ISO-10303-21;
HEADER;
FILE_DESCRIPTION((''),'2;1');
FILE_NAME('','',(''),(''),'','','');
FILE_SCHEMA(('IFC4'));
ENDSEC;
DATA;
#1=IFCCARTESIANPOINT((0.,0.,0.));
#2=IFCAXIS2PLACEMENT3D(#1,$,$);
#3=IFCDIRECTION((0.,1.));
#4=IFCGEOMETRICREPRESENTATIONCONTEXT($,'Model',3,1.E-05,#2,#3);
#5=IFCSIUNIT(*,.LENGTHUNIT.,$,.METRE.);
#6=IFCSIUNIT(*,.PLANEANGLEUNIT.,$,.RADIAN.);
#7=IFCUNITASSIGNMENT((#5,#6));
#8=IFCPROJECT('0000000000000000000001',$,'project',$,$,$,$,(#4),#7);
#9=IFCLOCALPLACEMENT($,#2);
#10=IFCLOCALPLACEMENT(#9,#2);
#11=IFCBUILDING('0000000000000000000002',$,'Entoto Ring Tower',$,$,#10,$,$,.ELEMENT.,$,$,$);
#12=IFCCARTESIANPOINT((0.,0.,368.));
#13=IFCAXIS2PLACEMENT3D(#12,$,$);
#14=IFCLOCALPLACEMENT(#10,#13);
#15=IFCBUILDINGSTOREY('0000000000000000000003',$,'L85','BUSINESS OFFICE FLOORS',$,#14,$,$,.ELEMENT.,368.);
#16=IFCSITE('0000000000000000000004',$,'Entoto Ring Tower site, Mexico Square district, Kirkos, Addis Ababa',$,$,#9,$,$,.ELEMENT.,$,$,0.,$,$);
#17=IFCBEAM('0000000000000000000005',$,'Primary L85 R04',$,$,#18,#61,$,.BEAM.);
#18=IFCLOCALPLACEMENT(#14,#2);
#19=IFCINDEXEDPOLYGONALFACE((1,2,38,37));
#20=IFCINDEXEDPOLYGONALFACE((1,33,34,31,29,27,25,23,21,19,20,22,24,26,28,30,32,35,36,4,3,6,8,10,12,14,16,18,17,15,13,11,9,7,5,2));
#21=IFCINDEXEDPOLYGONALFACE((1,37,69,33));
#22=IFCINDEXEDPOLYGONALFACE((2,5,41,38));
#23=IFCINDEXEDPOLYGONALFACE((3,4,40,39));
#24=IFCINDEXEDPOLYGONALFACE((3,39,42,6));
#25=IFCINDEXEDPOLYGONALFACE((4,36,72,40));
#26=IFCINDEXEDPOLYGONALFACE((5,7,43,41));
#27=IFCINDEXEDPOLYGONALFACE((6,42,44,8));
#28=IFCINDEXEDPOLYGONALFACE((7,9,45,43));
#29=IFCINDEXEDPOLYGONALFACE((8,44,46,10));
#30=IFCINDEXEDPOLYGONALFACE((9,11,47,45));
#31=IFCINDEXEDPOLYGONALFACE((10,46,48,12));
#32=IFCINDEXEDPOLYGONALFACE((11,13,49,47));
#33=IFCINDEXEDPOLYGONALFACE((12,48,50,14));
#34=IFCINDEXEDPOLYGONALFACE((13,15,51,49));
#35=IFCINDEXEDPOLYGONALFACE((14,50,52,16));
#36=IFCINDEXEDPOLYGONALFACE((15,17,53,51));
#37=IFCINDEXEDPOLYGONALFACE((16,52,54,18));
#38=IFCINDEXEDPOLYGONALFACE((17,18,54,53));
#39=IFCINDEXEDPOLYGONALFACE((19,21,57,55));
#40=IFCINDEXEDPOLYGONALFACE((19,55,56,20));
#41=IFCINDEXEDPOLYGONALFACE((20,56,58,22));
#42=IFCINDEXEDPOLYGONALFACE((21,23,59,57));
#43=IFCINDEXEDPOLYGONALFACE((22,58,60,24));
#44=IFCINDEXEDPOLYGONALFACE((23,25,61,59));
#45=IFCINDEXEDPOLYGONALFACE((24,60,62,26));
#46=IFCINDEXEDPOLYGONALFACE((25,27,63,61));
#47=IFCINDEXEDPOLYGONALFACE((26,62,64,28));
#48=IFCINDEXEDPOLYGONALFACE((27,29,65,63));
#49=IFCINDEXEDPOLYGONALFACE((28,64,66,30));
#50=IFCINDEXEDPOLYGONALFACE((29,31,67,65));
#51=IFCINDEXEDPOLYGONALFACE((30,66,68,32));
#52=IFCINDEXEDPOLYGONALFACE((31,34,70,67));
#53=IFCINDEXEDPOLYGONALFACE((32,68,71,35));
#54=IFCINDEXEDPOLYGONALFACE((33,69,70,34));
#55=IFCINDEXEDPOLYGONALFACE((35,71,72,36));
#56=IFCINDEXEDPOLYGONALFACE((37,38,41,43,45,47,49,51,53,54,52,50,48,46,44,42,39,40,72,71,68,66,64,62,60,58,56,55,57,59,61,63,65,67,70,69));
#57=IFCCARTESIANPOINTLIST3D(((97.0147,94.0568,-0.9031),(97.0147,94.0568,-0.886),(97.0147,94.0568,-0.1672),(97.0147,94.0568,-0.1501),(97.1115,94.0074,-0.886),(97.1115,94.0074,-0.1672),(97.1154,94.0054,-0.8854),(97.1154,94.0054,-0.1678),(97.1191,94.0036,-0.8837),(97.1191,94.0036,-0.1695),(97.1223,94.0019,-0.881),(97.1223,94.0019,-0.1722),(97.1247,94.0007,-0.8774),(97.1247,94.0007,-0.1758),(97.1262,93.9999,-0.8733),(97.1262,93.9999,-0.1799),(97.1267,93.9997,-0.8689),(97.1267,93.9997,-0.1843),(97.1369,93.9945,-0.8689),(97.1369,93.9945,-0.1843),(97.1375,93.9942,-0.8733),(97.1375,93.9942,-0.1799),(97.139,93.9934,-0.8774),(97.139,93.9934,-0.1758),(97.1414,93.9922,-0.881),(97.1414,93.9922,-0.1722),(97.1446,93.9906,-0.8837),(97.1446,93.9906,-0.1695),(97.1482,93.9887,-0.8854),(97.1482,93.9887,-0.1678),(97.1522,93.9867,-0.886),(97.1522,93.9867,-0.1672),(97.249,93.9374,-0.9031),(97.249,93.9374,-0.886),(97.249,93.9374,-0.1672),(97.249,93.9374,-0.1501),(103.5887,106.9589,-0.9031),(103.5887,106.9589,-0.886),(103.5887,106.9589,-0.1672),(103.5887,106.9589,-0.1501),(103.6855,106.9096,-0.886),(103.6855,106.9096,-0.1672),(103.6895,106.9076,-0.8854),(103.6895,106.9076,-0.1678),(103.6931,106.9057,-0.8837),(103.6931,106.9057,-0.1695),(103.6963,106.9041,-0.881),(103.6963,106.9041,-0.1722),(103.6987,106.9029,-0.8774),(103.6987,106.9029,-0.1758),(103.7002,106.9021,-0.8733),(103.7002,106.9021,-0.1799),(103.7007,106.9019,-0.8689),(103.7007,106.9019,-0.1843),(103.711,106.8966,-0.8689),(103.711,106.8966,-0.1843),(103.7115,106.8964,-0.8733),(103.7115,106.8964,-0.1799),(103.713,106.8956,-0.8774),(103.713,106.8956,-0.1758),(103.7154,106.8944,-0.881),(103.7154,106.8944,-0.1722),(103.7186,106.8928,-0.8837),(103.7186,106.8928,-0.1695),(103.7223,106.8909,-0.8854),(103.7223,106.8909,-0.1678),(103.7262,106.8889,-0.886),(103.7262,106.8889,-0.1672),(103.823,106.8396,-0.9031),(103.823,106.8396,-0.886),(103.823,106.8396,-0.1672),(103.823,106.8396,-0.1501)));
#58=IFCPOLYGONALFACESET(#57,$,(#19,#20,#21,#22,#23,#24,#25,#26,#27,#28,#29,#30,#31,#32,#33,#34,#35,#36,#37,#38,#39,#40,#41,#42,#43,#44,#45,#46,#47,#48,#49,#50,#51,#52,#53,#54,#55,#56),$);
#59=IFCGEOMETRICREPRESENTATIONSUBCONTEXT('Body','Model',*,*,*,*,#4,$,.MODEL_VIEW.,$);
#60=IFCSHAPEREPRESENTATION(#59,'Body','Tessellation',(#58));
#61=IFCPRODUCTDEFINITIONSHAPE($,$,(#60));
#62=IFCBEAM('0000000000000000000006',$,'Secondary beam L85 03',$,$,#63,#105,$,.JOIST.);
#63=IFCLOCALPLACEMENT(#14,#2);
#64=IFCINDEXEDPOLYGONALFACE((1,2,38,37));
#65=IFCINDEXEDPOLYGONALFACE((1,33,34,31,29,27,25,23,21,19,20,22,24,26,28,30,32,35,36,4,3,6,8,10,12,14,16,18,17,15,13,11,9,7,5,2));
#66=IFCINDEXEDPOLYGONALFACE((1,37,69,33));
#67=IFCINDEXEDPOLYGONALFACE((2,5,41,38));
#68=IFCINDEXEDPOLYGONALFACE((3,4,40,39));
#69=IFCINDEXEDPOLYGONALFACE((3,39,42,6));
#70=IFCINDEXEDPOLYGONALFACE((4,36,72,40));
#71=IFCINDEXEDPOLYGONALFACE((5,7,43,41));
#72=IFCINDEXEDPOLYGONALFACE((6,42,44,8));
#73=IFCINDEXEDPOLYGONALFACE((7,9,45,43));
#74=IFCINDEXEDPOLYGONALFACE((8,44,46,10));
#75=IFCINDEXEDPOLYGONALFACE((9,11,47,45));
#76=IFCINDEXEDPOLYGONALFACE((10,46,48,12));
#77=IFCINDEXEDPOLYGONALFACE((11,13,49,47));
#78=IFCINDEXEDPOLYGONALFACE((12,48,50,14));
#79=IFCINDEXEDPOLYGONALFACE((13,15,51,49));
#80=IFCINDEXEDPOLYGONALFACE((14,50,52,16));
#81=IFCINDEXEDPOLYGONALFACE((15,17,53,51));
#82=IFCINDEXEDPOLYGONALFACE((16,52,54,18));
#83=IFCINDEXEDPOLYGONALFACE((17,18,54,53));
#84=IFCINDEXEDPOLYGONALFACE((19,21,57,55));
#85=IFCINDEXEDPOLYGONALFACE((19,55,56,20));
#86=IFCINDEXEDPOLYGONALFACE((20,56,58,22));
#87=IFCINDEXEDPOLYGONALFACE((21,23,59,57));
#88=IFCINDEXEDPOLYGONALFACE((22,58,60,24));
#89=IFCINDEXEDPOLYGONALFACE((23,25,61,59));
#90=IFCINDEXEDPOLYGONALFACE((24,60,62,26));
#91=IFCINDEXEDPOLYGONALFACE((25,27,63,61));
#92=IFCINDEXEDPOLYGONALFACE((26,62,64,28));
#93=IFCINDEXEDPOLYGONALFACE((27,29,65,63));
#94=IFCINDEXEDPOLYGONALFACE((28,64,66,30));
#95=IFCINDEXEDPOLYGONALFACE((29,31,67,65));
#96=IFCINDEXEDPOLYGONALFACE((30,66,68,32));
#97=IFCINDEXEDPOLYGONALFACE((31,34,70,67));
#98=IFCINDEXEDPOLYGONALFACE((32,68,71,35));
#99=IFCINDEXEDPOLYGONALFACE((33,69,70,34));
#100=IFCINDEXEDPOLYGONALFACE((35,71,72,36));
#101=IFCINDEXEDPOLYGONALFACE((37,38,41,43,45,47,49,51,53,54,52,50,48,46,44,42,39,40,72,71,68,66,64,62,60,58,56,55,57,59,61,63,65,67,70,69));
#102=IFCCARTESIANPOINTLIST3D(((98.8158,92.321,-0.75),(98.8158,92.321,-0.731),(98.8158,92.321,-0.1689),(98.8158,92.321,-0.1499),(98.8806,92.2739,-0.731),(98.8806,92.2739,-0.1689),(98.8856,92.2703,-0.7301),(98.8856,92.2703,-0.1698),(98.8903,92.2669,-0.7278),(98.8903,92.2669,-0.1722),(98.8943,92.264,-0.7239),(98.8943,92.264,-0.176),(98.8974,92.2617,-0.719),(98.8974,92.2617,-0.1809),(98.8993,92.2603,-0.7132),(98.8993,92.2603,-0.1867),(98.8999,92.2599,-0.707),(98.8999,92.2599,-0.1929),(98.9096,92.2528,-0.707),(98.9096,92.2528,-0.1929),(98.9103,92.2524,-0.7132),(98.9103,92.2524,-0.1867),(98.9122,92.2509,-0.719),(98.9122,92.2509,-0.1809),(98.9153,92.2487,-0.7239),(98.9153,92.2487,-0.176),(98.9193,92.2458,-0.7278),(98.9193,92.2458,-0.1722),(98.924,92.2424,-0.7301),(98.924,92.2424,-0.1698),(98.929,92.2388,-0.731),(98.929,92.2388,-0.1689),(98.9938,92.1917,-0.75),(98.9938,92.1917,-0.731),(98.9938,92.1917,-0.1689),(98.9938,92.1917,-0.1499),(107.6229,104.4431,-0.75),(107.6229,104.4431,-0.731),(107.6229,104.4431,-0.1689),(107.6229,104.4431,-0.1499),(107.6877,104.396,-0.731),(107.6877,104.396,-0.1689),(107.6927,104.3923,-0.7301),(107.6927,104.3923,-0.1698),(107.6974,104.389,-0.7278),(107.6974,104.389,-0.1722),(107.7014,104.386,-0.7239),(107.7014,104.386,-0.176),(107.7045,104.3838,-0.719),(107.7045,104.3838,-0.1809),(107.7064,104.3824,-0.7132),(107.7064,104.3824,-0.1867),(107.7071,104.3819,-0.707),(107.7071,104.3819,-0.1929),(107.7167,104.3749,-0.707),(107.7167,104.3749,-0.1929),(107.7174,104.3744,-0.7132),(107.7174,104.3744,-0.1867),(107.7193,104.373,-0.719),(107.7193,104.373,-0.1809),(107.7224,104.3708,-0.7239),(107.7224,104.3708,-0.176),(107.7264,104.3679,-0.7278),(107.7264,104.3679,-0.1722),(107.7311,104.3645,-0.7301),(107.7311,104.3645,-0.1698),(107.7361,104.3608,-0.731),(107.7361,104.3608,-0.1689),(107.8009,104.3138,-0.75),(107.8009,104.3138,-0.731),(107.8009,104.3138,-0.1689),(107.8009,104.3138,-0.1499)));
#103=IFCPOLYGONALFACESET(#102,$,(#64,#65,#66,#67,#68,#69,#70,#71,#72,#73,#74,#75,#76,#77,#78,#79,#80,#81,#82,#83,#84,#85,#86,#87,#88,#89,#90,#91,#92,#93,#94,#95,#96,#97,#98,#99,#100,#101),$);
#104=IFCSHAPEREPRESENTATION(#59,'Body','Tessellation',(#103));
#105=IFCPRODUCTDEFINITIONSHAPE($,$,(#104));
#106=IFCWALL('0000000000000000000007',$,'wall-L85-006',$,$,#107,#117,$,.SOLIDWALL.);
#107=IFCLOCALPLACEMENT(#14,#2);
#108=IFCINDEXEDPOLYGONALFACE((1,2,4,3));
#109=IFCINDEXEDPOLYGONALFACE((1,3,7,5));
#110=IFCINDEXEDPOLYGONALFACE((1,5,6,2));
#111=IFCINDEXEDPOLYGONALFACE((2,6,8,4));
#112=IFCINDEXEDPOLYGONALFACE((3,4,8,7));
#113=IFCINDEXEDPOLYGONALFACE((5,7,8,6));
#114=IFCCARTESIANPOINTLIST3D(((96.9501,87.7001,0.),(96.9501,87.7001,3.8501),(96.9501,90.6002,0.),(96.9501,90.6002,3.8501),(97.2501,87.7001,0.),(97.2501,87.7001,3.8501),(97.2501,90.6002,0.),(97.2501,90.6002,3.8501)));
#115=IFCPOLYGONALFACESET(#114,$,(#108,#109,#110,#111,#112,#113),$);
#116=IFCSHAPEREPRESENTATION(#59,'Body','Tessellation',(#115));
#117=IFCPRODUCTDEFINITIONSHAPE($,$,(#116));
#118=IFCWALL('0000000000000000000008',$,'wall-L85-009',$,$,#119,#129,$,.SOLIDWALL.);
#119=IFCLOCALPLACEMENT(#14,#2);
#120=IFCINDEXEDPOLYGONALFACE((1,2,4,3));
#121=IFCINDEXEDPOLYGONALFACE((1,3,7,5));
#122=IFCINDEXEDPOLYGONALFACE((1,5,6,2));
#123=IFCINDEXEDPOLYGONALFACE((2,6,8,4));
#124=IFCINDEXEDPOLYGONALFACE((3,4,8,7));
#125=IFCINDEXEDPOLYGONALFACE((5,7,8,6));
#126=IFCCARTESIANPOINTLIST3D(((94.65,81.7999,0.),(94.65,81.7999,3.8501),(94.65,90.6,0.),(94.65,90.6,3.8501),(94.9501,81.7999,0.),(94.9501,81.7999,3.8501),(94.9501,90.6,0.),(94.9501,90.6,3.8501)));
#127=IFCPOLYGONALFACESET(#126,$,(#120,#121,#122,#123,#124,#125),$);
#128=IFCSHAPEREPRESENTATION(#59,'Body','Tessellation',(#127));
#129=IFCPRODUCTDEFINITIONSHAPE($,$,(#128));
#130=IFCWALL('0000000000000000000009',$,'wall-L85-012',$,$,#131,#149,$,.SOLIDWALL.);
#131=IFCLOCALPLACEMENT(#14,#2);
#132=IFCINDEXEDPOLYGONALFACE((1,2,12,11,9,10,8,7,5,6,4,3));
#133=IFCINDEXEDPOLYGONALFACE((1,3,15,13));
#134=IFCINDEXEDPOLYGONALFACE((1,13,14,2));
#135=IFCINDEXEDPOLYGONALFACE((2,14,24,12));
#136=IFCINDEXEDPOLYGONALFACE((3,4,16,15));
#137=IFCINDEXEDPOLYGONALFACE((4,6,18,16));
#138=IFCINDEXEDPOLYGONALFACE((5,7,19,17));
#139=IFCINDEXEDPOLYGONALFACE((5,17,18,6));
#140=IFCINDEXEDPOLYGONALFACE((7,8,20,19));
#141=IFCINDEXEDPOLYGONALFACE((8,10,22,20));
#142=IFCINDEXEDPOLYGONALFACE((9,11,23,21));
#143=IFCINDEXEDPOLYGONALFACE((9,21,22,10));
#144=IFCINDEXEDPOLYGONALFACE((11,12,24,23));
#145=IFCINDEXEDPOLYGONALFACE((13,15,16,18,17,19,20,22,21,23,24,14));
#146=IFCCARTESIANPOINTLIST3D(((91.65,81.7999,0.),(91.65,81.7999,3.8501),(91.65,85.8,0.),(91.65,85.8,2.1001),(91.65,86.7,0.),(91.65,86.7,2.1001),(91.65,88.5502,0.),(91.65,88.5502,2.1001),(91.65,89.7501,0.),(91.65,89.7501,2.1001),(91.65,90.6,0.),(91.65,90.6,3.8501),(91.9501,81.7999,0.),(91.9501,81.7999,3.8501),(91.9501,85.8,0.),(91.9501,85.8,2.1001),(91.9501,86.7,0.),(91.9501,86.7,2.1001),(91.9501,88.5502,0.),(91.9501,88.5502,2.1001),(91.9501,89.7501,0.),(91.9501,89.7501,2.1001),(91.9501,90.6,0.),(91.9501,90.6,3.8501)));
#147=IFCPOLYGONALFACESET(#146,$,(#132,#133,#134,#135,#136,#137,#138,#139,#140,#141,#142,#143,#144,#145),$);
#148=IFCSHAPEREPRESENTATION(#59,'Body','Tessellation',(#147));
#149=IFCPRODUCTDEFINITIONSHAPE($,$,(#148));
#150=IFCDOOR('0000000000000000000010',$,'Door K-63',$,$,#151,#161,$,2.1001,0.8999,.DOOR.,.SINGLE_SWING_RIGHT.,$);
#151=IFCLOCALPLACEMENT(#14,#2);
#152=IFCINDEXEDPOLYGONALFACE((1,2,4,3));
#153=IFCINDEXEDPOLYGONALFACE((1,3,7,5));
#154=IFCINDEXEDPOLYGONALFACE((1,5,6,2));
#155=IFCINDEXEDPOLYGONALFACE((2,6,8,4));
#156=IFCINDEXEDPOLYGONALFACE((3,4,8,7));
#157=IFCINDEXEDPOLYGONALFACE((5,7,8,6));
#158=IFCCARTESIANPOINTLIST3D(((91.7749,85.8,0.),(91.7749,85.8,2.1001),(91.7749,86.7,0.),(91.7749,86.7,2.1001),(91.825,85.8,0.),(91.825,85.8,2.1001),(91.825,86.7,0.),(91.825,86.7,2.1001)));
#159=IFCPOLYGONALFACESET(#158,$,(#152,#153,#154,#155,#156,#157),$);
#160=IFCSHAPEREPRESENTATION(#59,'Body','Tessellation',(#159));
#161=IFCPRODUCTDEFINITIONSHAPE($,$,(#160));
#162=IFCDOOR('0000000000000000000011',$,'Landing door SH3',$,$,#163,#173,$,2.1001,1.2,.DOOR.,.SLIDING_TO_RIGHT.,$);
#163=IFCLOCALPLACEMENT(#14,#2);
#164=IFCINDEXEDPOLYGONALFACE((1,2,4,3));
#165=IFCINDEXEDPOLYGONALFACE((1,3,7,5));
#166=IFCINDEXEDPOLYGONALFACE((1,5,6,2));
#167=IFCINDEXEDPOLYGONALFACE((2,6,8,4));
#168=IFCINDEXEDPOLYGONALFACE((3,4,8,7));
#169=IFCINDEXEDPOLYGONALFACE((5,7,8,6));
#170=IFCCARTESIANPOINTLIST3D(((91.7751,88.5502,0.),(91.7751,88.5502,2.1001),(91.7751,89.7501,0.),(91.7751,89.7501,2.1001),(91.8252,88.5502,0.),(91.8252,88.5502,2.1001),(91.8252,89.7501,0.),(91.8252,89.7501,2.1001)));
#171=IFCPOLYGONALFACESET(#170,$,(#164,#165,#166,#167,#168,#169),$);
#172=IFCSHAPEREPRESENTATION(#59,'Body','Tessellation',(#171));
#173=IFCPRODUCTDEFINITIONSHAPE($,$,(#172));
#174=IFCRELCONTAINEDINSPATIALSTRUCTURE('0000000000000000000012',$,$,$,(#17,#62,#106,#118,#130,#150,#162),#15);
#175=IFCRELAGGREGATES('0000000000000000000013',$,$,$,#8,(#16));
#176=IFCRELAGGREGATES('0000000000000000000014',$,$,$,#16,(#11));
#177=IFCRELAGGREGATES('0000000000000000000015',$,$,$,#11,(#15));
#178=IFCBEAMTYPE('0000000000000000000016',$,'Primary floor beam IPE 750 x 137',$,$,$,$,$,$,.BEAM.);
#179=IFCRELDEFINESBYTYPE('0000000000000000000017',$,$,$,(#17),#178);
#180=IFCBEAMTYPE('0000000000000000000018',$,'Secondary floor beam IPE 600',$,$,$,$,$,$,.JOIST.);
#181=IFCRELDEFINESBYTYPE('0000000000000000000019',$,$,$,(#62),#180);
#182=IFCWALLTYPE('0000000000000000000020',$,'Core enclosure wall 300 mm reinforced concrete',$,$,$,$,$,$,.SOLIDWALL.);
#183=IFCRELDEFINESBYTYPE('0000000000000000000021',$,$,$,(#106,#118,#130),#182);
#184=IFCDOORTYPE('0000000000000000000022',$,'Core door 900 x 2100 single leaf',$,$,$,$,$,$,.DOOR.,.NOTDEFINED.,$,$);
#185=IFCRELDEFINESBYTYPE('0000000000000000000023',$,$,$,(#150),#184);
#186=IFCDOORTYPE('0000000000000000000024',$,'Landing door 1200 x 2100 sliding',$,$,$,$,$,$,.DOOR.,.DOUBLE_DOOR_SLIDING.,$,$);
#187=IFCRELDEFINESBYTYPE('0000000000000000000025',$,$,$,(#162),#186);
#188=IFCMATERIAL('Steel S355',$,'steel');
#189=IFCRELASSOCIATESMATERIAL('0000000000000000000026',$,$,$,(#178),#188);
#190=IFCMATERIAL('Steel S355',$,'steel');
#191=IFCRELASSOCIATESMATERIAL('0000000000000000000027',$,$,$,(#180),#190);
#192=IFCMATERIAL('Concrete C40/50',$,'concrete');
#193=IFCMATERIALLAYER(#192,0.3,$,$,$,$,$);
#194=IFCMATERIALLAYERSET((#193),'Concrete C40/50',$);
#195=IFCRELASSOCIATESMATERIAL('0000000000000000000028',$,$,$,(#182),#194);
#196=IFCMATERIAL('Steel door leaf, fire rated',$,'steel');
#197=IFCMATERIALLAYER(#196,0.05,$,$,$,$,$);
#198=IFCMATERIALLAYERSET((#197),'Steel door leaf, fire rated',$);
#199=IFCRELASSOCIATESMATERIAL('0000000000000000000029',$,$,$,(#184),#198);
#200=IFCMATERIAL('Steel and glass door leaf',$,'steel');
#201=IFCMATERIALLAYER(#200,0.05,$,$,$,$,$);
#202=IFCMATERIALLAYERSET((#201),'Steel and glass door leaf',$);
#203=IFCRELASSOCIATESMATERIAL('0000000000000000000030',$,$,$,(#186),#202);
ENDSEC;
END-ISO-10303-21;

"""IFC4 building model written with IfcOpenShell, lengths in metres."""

from ifc_helpers import new_model, si_unit, direction, frame, frame_2d, origin, origin_2d, place, context, subcontext, project, spatial, rectangle, i_section, extrude, material, layer, layer_set, material_profile, profile_set, type_object, element, fill, save


model = new_model("IFC4")

# Units and contexts
model_context = context("Model", 3, precision=1e-05, world=origin(), true_north=direction((0.0, 1.0)))
body_context = subcontext(model_context, "Body", "Model", "MODEL_VIEW")
ifc_project = project(units=[si_unit("LENGTHUNIT", "METRE"), si_unit("PLANEANGLEUNIT", "RADIAN")], contexts=[model_context])

# Site, building, storey
site_placement = place(None, origin())
site = spatial("IfcSite", under=ifc_project, at=site_placement, Name="Entoto Ring Tower site, Mexico Square district, Kirkos, Addis Ababa", CompositionType="ELEMENT", RefElevation=0.0)
building_placement = place(site_placement, origin())
building = spatial("IfcBuilding", under=site, at=building_placement, Name="Entoto Ring Tower", CompositionType="ELEMENT")
storey_placement = place(building_placement, frame((0.0, 0.0, 368.0)))
storey = spatial("IfcBuildingStorey", under=building, at=storey_placement, Name="L85", Description="BUSINESS OFFICE FLOORS", CompositionType="ELEMENT", Elevation=368.0)

# Beams
ifc_material_1 = material(Name="Steel S355", Category="steel")
ifc_material_profile_1 = material_profile(ifc_material_1, i_section(OverallWidth=0.2629, OverallDepth=0.7529, WebThickness=0.0115, FlangeThickness=0.0171, FilletRadius=0.0171, at=origin_2d()), Name="IPE 750 x 137")
ifc_profile_set_1 = profile_set([ifc_material_profile_1], Name="Steel S355")
beam_type_1 = type_object("IfcBeamType", Name="Primary floor beam IPE 750 x 137", PredefinedType="BEAM", material=ifc_profile_set_1)
beam_1_placement = place(storey_placement, frame((97.1318, 93.9971, -0.5266), z_axis=(0.453992, 0.891006, 0.0), x_axis=(-0.891006, 0.453992, 0.0)))
element("IfcBeam", 1, at=beam_1_placement, inside=storey, type_object=beam_type_1, Name="Primary L85 R04", PredefinedType="BEAM", context=body_context, shape_type="SweptSolid", body=[
    extrude(i_section(OverallWidth=0.2629, OverallDepth=0.7529, WebThickness=0.0115, FlangeThickness=0.0171, FilletRadius=0.0171, at=origin_2d()), origin(), (0.0, 0.0, 1.0), 14.4805),
])
ifc_material_2 = material(Name="Steel S355", Category="steel")
ifc_material_profile_2 = material_profile(ifc_material_2, i_section(OverallWidth=0.22, OverallDepth=0.6001, WebThickness=0.012, FlangeThickness=0.019, FilletRadius=0.0239, at=origin_2d()), Name="IPE 600")
ifc_profile_set_2 = profile_set([ifc_material_profile_2], Name="Steel S355")
beam_type_2 = type_object("IfcBeamType", Name="Secondary floor beam IPE 600", PredefinedType="JOIST", material=ifc_profile_set_2)
beam_2_placement = place(storey_placement, frame((98.9048, 92.2563, -0.45), z_axis=(0.587782, 0.809019, 0.0), x_axis=(-0.809019, 0.587782, 0.0)))
element("IfcBeam", 2, at=beam_2_placement, inside=storey, type_object=beam_type_2, Name="Secondary beam L85 03", PredefinedType="JOIST", context=body_context, shape_type="SweptSolid", body=[
    extrude(i_section(OverallWidth=0.22, OverallDepth=0.6001, WebThickness=0.012, FlangeThickness=0.019, FilletRadius=0.0239, at=origin_2d()), origin(), (0.0, 0.0, 1.0), 14.9836),
])

# Walls
ifc_material_3 = material(Name="Concrete C40/50", Category="concrete")
ifc_layer_1 = layer(ifc_material_3, 0.3)
ifc_layer_set_1 = layer_set([ifc_layer_1], Name="Concrete C40/50")
wall_type = type_object("IfcWallType", Name="Core enclosure wall 300 mm reinforced concrete", PredefinedType="SOLIDWALL", material=ifc_layer_set_1)
wall_1_placement = place(storey_placement, frame((97.1001, 87.7, 0.0), z_axis=(0.0, 0.0, 1.0), x_axis=(0.0, 1.0, 0.0)))
element("IfcWall", 3, at=wall_1_placement, inside=storey, type_object=wall_type, Name="wall-L85-006", PredefinedType="SOLIDWALL", context=body_context, shape_type="SweptSolid", body=[
    extrude(rectangle(XDim=2.9001, YDim=0.3, at=frame_2d((1.4502, 0.0))), origin(), (0.0, 0.0, 1.0), 3.8501),
])
wall_2_placement = place(storey_placement, frame((94.8, 81.8, 0.0), z_axis=(0.0, 0.0, 1.0), x_axis=(0.0, 1.0, 0.0)))
element("IfcWall", 4, at=wall_2_placement, inside=storey, type_object=wall_type, Name="wall-L85-009", PredefinedType="SOLIDWALL", context=body_context, shape_type="SweptSolid", body=[
    extrude(rectangle(XDim=8.8, YDim=0.3, at=frame_2d((4.3999, 0.0))), origin(), (0.0, 0.0, 1.0), 3.8501),
])

# Wall, openings, doors
wall_3_placement = place(storey_placement, frame((91.8, 81.8, 0.0), z_axis=(0.0, 0.0, 1.0), x_axis=(0.0, 1.0, 0.0)))
wall_3 = element("IfcWall", 5, at=wall_3_placement, inside=storey, type_object=wall_type, Name="wall-L85-012", PredefinedType="SOLIDWALL", context=body_context, shape_type="SweptSolid", body=[
    extrude(rectangle(XDim=8.8, YDim=0.3, at=frame_2d((4.3999, 0.0))), origin(), (0.0, 0.0, 1.0), 3.8501),
])
opening_1_placement = place(wall_3_placement, frame((6.75, 0.0, 0.0)))
opening_1 = element("IfcOpeningElement", 6, at=opening_1_placement, cuts=wall_3, PredefinedType="OPENING", context=body_context, shape_type="SweptSolid", body=[
    extrude(rectangle(XDim=1.2, YDim=2.1001, at=frame_2d((0.6001, 1.05))), frame((0.0, 0.1602, 0.0), z_axis=(0.0, -1.0, 0.0), x_axis=(1.0, 0.0, 0.0)), (0.0, 0.0, 1.0), 0.3201),
])
opening_2_placement = place(wall_3_placement, frame((4.0, 0.0, 0.0)))
opening_2 = element("IfcOpeningElement", 7, at=opening_2_placement, cuts=wall_3, PredefinedType="OPENING", context=body_context, shape_type="SweptSolid", body=[
    extrude(rectangle(XDim=0.8999, YDim=2.1001, at=frame_2d((0.45, 1.05))), frame((0.0, 0.1602, 0.0), z_axis=(0.0, -1.0, 0.0), x_axis=(1.0, 0.0, 0.0)), (0.0, 0.0, 1.0), 0.3201),
])
ifc_material_4 = material(Name="Steel door leaf, fire rated", Category="steel")
ifc_layer_2 = layer(ifc_material_4, 0.05)
ifc_layer_set_2 = layer_set([ifc_layer_2], Name="Steel door leaf, fire rated")
door_type_1 = type_object("IfcDoorType", Name="Core door 900 x 2100 single leaf", OperationType="NOTDEFINED", PredefinedType="DOOR", material=ifc_layer_set_2)
door_1_placement = place(opening_2_placement, frame((0.8999, 0.0, 0.0), z_axis=(0.0, 0.0, 1.0), x_axis=(-1.0, 0.0, 0.0)))
door_1 = element("IfcDoor", 8, at=door_1_placement, inside=storey, type_object=door_type_1, Name="Door K-63", OperationType="SINGLE_SWING_RIGHT", OverallHeight=2.1001, OverallWidth=0.8999, PredefinedType="DOOR", context=body_context, shape_type="SweptSolid", body=[
    extrude(rectangle(XDim=0.8999, YDim=2.1001, at=frame_2d((0.45, 1.05))), frame((0.0, 0.0249, 0.0), z_axis=(0.0, -1.0, 0.0), x_axis=(1.0, 0.0, 0.0)), (0.0, 0.0, 1.0), 0.05),
])
fill(opening_2, door_1)
ifc_material_5 = material(Name="Steel and glass door leaf", Category="steel")
ifc_layer_3 = layer(ifc_material_5, 0.05)
ifc_layer_set_3 = layer_set([ifc_layer_3], Name="Steel and glass door leaf")
door_type_2 = type_object("IfcDoorType", Name="Landing door 1200 x 2100 sliding", OperationType="DOUBLE_DOOR_SLIDING", PredefinedType="DOOR", material=ifc_layer_set_3)
door_2_placement = place(opening_1_placement, origin())
door_2 = element("IfcDoor", 9, at=door_2_placement, inside=storey, type_object=door_type_2, Name="Landing door SH3", OperationType="SLIDING_TO_RIGHT", OverallHeight=2.1001, OverallWidth=1.2, PredefinedType="DOOR", context=body_context, shape_type="SweptSolid", body=[
    extrude(rectangle(XDim=1.2, YDim=2.1001, at=frame_2d((0.6001, 1.05))), frame((0.0, 0.0249, 0.0), z_axis=(0.0, -1.0, 0.0), x_axis=(1.0, 0.0, 0.0)), (0.0, 0.0, 1.0), 0.05),
])
fill(opening_1, door_2)

save(model, "model.ifc")
